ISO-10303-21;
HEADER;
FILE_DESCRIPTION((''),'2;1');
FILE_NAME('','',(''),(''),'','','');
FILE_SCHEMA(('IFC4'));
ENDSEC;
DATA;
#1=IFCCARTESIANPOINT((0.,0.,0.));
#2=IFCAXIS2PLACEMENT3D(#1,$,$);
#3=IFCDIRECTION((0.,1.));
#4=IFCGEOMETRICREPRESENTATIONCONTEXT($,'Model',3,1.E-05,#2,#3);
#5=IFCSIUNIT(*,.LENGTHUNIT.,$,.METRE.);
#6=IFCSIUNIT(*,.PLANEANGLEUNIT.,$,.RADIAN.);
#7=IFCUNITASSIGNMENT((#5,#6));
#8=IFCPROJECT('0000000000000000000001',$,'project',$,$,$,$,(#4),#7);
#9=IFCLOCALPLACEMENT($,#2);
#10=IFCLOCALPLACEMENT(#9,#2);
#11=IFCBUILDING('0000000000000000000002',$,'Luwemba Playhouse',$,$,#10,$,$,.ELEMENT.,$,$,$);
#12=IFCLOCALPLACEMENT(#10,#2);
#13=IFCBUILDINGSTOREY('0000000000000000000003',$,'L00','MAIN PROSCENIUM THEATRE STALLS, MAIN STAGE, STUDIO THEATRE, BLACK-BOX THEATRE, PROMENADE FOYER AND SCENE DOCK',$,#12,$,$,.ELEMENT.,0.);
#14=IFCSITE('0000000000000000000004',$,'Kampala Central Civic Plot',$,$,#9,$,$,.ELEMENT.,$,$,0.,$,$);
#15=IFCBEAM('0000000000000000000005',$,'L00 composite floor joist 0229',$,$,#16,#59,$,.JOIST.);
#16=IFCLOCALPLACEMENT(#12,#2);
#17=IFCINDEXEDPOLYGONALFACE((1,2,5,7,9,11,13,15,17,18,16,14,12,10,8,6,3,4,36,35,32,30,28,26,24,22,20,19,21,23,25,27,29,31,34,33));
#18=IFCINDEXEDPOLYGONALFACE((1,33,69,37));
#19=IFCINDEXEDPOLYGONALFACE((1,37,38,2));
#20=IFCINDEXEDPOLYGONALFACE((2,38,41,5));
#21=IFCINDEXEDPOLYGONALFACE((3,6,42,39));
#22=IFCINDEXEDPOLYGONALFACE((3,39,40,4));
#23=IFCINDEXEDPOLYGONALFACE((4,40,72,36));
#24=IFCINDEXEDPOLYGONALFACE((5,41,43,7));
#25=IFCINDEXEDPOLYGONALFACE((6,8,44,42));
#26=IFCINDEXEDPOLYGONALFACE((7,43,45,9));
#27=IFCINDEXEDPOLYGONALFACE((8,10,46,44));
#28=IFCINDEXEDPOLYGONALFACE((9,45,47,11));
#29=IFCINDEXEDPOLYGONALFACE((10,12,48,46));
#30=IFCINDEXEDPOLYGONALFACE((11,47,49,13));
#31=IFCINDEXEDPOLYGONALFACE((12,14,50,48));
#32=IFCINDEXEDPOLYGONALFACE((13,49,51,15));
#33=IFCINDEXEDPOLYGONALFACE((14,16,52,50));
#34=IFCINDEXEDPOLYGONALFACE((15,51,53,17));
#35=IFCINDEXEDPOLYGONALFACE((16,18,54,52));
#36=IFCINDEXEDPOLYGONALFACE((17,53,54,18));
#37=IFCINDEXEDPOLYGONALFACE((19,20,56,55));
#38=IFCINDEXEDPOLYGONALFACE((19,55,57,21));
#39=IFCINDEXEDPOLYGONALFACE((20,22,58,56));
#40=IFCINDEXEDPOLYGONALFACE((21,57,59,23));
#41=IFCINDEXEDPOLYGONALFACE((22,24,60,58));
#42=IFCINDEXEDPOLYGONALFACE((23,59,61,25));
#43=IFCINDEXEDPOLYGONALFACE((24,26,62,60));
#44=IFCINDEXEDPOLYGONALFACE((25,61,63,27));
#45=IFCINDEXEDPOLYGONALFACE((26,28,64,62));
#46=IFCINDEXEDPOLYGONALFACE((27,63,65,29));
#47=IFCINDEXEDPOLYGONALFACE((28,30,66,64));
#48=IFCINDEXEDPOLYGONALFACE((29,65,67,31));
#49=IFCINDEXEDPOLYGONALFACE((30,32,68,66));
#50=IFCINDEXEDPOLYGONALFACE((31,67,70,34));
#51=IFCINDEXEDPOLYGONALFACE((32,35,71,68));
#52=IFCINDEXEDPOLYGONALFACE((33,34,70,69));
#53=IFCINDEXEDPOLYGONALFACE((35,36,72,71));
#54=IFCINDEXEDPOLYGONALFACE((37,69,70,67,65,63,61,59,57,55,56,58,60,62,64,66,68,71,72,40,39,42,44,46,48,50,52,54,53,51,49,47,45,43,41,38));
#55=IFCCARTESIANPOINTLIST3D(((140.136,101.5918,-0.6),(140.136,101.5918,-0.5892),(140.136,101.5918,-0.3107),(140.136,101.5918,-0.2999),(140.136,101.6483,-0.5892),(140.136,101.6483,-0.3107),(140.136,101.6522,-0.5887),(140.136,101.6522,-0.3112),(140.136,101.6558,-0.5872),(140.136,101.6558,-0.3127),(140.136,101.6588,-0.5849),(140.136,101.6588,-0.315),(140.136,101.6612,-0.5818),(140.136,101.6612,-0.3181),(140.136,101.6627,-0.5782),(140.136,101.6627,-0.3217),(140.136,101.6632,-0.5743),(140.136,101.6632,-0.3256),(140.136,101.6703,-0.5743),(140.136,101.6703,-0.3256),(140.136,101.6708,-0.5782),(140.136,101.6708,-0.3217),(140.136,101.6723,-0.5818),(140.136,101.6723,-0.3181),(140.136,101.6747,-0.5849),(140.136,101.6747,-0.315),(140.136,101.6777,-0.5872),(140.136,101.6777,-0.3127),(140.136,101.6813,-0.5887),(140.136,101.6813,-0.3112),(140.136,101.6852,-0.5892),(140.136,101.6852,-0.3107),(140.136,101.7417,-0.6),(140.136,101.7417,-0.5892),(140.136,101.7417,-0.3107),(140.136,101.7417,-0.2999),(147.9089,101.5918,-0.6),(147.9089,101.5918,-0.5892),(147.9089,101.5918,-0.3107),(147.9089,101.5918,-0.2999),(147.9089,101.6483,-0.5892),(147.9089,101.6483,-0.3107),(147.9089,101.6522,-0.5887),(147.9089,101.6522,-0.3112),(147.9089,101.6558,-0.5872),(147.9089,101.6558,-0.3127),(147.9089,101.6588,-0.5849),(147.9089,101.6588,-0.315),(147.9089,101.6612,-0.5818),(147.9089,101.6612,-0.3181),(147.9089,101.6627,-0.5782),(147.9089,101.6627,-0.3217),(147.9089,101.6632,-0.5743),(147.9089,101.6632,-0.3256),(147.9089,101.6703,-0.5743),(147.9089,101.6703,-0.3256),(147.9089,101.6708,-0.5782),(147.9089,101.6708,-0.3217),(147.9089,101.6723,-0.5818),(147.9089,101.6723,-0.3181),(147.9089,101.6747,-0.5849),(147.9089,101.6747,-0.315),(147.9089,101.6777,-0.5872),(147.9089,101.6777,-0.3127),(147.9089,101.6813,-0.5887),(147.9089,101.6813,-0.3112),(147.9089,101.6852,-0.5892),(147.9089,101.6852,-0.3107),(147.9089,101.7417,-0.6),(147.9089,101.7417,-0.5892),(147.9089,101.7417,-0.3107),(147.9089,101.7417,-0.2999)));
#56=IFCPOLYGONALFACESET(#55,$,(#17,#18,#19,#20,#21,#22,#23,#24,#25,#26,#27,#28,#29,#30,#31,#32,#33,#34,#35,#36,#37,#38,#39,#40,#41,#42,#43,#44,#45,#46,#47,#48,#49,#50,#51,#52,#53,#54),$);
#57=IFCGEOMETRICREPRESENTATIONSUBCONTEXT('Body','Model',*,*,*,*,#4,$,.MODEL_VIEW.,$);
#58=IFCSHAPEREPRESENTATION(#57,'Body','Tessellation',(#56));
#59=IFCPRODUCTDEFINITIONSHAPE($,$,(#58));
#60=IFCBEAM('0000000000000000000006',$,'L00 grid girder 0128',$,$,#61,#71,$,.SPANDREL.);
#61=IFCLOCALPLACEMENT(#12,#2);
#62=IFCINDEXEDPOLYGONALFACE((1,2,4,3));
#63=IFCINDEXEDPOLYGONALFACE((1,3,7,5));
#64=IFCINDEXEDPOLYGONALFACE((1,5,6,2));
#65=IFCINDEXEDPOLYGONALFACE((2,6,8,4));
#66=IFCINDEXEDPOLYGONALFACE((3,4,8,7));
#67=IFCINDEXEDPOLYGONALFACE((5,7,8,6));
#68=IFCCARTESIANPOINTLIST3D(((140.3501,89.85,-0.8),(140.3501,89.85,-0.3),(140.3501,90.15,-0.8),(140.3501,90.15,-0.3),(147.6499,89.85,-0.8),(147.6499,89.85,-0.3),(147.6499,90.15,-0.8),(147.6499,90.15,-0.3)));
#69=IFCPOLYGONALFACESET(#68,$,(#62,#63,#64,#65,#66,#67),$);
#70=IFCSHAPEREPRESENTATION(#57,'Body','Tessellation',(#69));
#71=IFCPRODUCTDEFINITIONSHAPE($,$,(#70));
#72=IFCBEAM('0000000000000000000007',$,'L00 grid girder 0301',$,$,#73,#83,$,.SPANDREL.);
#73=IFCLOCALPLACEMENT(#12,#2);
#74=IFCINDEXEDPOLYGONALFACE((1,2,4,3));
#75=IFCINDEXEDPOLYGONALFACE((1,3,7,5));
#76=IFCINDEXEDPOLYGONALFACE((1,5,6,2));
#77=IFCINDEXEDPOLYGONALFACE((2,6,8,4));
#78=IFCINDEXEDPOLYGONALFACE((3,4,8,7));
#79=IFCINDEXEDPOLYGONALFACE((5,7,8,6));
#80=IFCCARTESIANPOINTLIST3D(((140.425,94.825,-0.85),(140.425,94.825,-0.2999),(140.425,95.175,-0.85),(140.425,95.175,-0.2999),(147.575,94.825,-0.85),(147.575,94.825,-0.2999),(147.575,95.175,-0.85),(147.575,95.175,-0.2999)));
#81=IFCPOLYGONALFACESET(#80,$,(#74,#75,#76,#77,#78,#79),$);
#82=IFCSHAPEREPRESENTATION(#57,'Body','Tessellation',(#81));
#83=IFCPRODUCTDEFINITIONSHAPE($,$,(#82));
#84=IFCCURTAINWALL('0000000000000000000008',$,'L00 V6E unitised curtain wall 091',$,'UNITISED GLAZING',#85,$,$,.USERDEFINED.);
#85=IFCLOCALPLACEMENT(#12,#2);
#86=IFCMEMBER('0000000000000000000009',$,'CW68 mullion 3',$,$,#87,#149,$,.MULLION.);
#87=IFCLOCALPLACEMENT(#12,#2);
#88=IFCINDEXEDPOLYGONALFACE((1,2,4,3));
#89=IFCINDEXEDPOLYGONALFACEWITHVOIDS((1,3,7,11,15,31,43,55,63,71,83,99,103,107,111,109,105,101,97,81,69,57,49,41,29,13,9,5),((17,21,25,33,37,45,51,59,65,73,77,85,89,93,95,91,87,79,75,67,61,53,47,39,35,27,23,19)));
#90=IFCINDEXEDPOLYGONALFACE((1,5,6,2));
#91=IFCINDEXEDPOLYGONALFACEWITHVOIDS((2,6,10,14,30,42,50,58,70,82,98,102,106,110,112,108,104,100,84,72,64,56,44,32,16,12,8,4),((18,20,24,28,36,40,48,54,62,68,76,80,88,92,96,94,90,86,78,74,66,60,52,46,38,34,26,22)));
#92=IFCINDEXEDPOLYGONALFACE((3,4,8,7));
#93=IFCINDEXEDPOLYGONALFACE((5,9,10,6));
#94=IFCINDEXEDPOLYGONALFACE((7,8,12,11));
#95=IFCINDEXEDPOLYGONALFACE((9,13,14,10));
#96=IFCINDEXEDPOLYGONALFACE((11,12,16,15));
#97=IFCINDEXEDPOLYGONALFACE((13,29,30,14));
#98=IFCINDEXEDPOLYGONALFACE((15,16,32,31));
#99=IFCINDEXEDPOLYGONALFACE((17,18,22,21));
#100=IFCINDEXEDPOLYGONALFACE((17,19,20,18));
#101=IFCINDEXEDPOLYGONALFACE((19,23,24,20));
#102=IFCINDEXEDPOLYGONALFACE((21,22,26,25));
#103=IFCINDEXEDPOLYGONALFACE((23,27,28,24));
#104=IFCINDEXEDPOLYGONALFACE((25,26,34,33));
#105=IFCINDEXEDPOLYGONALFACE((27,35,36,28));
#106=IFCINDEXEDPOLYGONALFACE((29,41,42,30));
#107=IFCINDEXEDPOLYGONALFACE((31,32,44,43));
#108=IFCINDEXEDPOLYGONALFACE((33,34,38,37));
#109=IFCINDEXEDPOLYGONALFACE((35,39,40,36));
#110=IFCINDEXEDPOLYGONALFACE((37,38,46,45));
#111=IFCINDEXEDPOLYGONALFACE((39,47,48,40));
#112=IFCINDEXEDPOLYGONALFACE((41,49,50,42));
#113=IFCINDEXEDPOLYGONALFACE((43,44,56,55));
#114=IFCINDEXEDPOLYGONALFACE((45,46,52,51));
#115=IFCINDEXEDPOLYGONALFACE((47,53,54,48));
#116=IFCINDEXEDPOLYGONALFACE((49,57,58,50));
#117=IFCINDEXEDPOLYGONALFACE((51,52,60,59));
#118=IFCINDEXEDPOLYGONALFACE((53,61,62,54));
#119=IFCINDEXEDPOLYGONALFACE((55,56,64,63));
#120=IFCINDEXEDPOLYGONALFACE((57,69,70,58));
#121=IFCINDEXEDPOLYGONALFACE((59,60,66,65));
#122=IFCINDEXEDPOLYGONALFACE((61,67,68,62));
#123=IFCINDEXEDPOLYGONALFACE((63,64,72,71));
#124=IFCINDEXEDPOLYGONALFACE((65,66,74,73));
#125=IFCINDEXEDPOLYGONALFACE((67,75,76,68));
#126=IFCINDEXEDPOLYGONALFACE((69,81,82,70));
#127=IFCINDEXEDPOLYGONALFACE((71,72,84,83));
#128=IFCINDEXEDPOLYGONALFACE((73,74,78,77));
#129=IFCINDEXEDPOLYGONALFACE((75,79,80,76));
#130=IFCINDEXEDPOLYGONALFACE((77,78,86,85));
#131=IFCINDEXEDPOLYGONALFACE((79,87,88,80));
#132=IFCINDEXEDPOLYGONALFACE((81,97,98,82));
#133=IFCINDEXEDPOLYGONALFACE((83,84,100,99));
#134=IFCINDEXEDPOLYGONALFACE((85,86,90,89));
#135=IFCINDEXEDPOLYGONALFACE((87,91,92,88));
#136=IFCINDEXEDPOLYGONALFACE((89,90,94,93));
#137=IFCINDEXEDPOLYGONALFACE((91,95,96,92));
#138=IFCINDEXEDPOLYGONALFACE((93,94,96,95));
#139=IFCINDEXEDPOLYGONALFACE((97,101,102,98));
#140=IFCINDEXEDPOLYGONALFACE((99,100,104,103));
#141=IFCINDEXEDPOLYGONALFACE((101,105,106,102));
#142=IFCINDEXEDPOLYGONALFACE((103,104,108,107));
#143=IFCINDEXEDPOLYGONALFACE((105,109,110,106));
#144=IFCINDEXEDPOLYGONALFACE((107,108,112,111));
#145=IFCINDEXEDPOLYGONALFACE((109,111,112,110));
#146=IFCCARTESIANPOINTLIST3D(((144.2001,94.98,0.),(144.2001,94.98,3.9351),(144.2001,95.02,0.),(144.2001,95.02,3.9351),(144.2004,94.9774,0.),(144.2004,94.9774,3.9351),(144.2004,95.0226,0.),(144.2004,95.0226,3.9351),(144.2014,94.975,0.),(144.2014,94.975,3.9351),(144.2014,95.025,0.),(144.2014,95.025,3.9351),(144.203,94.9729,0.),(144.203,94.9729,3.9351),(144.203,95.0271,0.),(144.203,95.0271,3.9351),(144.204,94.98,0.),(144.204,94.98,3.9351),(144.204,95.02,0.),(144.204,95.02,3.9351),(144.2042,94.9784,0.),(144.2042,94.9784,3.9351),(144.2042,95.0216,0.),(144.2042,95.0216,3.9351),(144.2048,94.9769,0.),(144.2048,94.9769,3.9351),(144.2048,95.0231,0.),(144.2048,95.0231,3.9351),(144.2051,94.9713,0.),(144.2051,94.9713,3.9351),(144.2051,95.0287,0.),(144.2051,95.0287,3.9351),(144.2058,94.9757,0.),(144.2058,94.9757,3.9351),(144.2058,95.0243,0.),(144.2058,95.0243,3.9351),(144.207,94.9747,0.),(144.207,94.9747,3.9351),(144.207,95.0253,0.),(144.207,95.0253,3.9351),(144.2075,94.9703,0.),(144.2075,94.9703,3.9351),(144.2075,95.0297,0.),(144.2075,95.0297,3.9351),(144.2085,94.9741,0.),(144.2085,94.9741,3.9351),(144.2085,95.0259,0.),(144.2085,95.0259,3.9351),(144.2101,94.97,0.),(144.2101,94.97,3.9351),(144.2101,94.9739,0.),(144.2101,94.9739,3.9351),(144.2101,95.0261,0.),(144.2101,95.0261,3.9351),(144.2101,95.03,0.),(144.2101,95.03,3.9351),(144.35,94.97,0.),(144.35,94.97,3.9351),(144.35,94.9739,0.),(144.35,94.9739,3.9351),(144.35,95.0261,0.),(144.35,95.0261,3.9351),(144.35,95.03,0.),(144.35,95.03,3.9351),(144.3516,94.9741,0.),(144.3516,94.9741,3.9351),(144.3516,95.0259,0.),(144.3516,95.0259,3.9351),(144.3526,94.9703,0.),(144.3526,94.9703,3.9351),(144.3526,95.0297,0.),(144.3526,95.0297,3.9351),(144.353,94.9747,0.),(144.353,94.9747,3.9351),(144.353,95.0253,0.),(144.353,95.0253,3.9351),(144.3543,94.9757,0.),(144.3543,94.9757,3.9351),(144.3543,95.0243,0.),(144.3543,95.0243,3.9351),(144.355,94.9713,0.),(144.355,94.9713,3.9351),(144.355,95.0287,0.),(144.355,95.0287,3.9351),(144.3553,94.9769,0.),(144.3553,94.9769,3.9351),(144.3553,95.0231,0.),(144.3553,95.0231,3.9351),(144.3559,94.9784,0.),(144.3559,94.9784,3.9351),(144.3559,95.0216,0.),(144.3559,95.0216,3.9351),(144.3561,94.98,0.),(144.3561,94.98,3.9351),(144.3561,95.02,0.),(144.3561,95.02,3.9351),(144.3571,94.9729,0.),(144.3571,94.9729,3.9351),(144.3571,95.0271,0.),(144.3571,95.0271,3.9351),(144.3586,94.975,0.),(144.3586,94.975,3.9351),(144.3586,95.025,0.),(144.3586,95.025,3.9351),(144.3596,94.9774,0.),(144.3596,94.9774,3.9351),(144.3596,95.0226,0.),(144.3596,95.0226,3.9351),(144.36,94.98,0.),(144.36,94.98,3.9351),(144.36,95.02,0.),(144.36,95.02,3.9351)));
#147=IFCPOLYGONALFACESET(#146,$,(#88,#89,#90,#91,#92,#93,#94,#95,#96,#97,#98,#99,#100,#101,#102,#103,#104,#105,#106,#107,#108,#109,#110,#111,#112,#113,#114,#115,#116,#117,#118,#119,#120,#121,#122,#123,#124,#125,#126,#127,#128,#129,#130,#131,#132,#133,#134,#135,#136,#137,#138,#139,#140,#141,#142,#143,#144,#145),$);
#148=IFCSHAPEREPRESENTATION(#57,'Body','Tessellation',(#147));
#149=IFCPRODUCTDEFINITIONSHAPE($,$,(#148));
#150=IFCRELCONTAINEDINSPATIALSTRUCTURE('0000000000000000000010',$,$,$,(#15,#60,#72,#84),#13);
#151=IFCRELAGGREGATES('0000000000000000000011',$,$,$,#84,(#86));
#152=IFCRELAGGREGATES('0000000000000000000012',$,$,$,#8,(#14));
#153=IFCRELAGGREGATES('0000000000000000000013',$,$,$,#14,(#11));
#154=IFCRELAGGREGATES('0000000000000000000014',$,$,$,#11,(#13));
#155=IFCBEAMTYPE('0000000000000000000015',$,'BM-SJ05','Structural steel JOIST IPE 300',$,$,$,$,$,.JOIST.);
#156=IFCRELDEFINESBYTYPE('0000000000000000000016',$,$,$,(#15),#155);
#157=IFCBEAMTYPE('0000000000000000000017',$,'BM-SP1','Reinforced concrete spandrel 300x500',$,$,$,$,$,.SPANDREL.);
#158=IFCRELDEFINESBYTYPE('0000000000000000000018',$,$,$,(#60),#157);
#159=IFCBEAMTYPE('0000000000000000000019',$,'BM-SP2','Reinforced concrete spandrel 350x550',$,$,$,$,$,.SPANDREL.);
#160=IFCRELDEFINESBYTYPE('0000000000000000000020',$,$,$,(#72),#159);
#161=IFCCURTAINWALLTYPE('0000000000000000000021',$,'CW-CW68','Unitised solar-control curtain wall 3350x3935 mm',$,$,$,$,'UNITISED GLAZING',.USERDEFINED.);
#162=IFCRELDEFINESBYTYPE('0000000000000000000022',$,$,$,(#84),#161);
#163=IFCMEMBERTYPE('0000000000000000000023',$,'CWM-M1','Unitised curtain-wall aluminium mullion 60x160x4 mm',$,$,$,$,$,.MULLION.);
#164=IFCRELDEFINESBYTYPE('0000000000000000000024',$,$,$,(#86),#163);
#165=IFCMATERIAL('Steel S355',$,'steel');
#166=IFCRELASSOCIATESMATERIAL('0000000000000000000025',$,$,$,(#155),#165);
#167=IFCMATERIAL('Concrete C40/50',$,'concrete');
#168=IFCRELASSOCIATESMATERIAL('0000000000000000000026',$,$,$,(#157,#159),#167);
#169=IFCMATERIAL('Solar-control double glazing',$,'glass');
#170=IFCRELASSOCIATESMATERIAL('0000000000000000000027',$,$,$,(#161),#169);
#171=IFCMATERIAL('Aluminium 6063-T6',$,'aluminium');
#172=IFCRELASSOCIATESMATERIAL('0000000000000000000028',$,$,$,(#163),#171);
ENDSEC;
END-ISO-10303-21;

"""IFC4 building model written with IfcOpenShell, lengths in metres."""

from ifc_helpers import new_model, si_unit, direction, frame, origin, origin_2d, place, context, subcontext, project, spatial, rectangle, hollow_rectangle, i_section, extrude, material, material_profile, profile_set, type_object, element, aggregate, save


model = new_model("IFC4")

# Units and contexts
model_context = context("Model", 3, precision=1e-05, world=origin(), true_north=direction((0.0, 1.0)))
body_context = subcontext(model_context, "Body", "Model", "MODEL_VIEW")
ifc_project = project(units=[si_unit("LENGTHUNIT", "METRE"), si_unit("PLANEANGLEUNIT", "RADIAN")], contexts=[model_context])

# Site, building, storey
site_placement = place(None, origin())
site = spatial("IfcSite", under=ifc_project, at=site_placement, Name="Kampala Central Civic Plot", CompositionType="ELEMENT", RefElevation=0.0)
building_placement = place(site_placement, origin())
building = spatial("IfcBuilding", under=site, at=building_placement, Name="Luwemba Playhouse", CompositionType="ELEMENT")
storey_placement = place(building_placement, origin())
storey = spatial("IfcBuildingStorey", under=building, at=storey_placement, Name="L00", Description="MAIN PROSCENIUM THEATRE STALLS, MAIN STAGE, STUDIO THEATRE, BLACK-BOX THEATRE, PROMENADE FOYER AND SCENE DOCK", CompositionType="ELEMENT", Elevation=0.0)

# Shared definitions
ifc_material_1 = material(Name="Concrete C40/50", Category="concrete")

# Beams
ifc_material_2 = material(Name="Steel S355", Category="steel")
ifc_material_profile_1 = material_profile(ifc_material_2, i_section(OverallWidth=0.1499, OverallDepth=0.3, WebThickness=0.0071, FlangeThickness=0.0107, FilletRadius=0.0149, at=origin_2d()))
ifc_profile_set_1 = profile_set([ifc_material_profile_1], Name="Steel S355")
beam_type_1 = type_object("IfcBeamType", Name="BM-SJ05", Description="Structural steel JOIST IPE 300", PredefinedType="JOIST", material=ifc_profile_set_1)
beam_1_placement = place(storey_placement, frame((140.136, 101.6667, -0.45), z_axis=(1.0, 0.0, 0.0), x_axis=(0.0, 1.0, 0.0)))
element("IfcBeam", 1, at=beam_1_placement, inside=storey, type_object=beam_type_1, Name="L00 composite floor joist 0229", PredefinedType="JOIST", context=body_context, shape_type="SweptSolid", body=[
    extrude(i_section(OverallWidth=0.1499, OverallDepth=0.3, WebThickness=0.0071, FlangeThickness=0.0107, FilletRadius=0.0149, at=origin_2d()), origin(), (0.0, 0.0, 1.0), 7.7729),
])
ifc_material_profile_2 = material_profile(ifc_material_1, rectangle(XDim=0.3, YDim=0.5, at=origin_2d()))
ifc_profile_set_2 = profile_set([ifc_material_profile_2], Name="Concrete C40/50")
beam_type_2 = type_object("IfcBeamType", Name="BM-SP1", Description="Reinforced concrete spandrel 300x500", PredefinedType="SPANDREL", material=ifc_profile_set_2)
beam_2_placement = place(storey_placement, frame((140.3501, 90.0, -0.55), z_axis=(1.0, 0.0, 0.0), x_axis=(0.0, 1.0, 0.0)))
element("IfcBeam", 2, at=beam_2_placement, inside=storey, type_object=beam_type_2, Name="L00 grid girder 0128", PredefinedType="SPANDREL", context=body_context, shape_type="SweptSolid", body=[
    extrude(rectangle(XDim=0.3, YDim=0.5, at=origin_2d()), origin(), (0.0, 0.0, 1.0), 7.2998),
])
ifc_material_profile_3 = material_profile(ifc_material_1, rectangle(XDim=0.3501, YDim=0.55, at=origin_2d()))
ifc_profile_set_3 = profile_set([ifc_material_profile_3], Name="Concrete C40/50")
beam_type_3 = type_object("IfcBeamType", Name="BM-SP2", Description="Reinforced concrete spandrel 350x550", PredefinedType="SPANDREL", material=ifc_profile_set_3)
beam_3_placement = place(storey_placement, frame((140.425, 95.0, -0.575), z_axis=(1.0, 0.0, 0.0), x_axis=(0.0, 1.0, 0.0)))
element("IfcBeam", 3, at=beam_3_placement, inside=storey, type_object=beam_type_3, Name="L00 grid girder 0301", PredefinedType="SPANDREL", context=body_context, shape_type="SweptSolid", body=[
    extrude(rectangle(XDim=0.3501, YDim=0.55, at=origin_2d()), origin(), (0.0, 0.0, 1.0), 7.1499),
])

# Curtain wall, member
ifc_material_3 = material(Name="Solar-control double glazing", Category="glass")
curtain_wall_type_1 = type_object("IfcCurtainWallType", Name="CW-CW68", Description="Unitised solar-control curtain wall 3350x3935 mm", ElementType="UNITISED GLAZING", PredefinedType="USERDEFINED", material=ifc_material_3)
curtain_wall_1_placement = place(storey_placement, origin())
curtain_wall_1 = element("IfcCurtainWall", 4, at=curtain_wall_1_placement, inside=storey, type_object=curtain_wall_type_1, Name="L00 V6E unitised curtain wall 091", ObjectType="UNITISED GLAZING", PredefinedType="USERDEFINED")
ifc_material_4 = material(Name="Aluminium 6063-T6", Category="aluminium")
ifc_material_profile_4 = material_profile(ifc_material_4, hollow_rectangle(XDim=0.0601, YDim=0.1599, WallThickness=0.0039, InnerFilletRadius=0.0061, OuterFilletRadius=0.01, at=origin_2d()))
ifc_profile_set_4 = profile_set([ifc_material_profile_4], Name="Aluminium 6063-T6")
member_type_1 = type_object("IfcMemberType", Name="CWM-M1", Description="Unitised curtain-wall aluminium mullion 60x160x4 mm", PredefinedType="MULLION", material=ifc_profile_set_4)
member_1_placement = place(storey_placement, frame((144.28, 95.0, 0.0), z_axis=(0.0, 0.0, 1.0), x_axis=(0.0, -1.0, 0.0)))
member_1 = element("IfcMember", 5, at=member_1_placement, type_object=member_type_1, Name="CW68 mullion 3", PredefinedType="MULLION", context=body_context, shape_type="SweptSolid", body=[
    extrude(hollow_rectangle(XDim=0.0601, YDim=0.1599, WallThickness=0.0039, InnerFilletRadius=0.0061, OuterFilletRadius=0.01, at=origin_2d()), origin(), (0.0, 0.0, 1.0), 3.9351),
])

aggregate(curtain_wall_1, [member_1])

save(model, "model.ifc")
